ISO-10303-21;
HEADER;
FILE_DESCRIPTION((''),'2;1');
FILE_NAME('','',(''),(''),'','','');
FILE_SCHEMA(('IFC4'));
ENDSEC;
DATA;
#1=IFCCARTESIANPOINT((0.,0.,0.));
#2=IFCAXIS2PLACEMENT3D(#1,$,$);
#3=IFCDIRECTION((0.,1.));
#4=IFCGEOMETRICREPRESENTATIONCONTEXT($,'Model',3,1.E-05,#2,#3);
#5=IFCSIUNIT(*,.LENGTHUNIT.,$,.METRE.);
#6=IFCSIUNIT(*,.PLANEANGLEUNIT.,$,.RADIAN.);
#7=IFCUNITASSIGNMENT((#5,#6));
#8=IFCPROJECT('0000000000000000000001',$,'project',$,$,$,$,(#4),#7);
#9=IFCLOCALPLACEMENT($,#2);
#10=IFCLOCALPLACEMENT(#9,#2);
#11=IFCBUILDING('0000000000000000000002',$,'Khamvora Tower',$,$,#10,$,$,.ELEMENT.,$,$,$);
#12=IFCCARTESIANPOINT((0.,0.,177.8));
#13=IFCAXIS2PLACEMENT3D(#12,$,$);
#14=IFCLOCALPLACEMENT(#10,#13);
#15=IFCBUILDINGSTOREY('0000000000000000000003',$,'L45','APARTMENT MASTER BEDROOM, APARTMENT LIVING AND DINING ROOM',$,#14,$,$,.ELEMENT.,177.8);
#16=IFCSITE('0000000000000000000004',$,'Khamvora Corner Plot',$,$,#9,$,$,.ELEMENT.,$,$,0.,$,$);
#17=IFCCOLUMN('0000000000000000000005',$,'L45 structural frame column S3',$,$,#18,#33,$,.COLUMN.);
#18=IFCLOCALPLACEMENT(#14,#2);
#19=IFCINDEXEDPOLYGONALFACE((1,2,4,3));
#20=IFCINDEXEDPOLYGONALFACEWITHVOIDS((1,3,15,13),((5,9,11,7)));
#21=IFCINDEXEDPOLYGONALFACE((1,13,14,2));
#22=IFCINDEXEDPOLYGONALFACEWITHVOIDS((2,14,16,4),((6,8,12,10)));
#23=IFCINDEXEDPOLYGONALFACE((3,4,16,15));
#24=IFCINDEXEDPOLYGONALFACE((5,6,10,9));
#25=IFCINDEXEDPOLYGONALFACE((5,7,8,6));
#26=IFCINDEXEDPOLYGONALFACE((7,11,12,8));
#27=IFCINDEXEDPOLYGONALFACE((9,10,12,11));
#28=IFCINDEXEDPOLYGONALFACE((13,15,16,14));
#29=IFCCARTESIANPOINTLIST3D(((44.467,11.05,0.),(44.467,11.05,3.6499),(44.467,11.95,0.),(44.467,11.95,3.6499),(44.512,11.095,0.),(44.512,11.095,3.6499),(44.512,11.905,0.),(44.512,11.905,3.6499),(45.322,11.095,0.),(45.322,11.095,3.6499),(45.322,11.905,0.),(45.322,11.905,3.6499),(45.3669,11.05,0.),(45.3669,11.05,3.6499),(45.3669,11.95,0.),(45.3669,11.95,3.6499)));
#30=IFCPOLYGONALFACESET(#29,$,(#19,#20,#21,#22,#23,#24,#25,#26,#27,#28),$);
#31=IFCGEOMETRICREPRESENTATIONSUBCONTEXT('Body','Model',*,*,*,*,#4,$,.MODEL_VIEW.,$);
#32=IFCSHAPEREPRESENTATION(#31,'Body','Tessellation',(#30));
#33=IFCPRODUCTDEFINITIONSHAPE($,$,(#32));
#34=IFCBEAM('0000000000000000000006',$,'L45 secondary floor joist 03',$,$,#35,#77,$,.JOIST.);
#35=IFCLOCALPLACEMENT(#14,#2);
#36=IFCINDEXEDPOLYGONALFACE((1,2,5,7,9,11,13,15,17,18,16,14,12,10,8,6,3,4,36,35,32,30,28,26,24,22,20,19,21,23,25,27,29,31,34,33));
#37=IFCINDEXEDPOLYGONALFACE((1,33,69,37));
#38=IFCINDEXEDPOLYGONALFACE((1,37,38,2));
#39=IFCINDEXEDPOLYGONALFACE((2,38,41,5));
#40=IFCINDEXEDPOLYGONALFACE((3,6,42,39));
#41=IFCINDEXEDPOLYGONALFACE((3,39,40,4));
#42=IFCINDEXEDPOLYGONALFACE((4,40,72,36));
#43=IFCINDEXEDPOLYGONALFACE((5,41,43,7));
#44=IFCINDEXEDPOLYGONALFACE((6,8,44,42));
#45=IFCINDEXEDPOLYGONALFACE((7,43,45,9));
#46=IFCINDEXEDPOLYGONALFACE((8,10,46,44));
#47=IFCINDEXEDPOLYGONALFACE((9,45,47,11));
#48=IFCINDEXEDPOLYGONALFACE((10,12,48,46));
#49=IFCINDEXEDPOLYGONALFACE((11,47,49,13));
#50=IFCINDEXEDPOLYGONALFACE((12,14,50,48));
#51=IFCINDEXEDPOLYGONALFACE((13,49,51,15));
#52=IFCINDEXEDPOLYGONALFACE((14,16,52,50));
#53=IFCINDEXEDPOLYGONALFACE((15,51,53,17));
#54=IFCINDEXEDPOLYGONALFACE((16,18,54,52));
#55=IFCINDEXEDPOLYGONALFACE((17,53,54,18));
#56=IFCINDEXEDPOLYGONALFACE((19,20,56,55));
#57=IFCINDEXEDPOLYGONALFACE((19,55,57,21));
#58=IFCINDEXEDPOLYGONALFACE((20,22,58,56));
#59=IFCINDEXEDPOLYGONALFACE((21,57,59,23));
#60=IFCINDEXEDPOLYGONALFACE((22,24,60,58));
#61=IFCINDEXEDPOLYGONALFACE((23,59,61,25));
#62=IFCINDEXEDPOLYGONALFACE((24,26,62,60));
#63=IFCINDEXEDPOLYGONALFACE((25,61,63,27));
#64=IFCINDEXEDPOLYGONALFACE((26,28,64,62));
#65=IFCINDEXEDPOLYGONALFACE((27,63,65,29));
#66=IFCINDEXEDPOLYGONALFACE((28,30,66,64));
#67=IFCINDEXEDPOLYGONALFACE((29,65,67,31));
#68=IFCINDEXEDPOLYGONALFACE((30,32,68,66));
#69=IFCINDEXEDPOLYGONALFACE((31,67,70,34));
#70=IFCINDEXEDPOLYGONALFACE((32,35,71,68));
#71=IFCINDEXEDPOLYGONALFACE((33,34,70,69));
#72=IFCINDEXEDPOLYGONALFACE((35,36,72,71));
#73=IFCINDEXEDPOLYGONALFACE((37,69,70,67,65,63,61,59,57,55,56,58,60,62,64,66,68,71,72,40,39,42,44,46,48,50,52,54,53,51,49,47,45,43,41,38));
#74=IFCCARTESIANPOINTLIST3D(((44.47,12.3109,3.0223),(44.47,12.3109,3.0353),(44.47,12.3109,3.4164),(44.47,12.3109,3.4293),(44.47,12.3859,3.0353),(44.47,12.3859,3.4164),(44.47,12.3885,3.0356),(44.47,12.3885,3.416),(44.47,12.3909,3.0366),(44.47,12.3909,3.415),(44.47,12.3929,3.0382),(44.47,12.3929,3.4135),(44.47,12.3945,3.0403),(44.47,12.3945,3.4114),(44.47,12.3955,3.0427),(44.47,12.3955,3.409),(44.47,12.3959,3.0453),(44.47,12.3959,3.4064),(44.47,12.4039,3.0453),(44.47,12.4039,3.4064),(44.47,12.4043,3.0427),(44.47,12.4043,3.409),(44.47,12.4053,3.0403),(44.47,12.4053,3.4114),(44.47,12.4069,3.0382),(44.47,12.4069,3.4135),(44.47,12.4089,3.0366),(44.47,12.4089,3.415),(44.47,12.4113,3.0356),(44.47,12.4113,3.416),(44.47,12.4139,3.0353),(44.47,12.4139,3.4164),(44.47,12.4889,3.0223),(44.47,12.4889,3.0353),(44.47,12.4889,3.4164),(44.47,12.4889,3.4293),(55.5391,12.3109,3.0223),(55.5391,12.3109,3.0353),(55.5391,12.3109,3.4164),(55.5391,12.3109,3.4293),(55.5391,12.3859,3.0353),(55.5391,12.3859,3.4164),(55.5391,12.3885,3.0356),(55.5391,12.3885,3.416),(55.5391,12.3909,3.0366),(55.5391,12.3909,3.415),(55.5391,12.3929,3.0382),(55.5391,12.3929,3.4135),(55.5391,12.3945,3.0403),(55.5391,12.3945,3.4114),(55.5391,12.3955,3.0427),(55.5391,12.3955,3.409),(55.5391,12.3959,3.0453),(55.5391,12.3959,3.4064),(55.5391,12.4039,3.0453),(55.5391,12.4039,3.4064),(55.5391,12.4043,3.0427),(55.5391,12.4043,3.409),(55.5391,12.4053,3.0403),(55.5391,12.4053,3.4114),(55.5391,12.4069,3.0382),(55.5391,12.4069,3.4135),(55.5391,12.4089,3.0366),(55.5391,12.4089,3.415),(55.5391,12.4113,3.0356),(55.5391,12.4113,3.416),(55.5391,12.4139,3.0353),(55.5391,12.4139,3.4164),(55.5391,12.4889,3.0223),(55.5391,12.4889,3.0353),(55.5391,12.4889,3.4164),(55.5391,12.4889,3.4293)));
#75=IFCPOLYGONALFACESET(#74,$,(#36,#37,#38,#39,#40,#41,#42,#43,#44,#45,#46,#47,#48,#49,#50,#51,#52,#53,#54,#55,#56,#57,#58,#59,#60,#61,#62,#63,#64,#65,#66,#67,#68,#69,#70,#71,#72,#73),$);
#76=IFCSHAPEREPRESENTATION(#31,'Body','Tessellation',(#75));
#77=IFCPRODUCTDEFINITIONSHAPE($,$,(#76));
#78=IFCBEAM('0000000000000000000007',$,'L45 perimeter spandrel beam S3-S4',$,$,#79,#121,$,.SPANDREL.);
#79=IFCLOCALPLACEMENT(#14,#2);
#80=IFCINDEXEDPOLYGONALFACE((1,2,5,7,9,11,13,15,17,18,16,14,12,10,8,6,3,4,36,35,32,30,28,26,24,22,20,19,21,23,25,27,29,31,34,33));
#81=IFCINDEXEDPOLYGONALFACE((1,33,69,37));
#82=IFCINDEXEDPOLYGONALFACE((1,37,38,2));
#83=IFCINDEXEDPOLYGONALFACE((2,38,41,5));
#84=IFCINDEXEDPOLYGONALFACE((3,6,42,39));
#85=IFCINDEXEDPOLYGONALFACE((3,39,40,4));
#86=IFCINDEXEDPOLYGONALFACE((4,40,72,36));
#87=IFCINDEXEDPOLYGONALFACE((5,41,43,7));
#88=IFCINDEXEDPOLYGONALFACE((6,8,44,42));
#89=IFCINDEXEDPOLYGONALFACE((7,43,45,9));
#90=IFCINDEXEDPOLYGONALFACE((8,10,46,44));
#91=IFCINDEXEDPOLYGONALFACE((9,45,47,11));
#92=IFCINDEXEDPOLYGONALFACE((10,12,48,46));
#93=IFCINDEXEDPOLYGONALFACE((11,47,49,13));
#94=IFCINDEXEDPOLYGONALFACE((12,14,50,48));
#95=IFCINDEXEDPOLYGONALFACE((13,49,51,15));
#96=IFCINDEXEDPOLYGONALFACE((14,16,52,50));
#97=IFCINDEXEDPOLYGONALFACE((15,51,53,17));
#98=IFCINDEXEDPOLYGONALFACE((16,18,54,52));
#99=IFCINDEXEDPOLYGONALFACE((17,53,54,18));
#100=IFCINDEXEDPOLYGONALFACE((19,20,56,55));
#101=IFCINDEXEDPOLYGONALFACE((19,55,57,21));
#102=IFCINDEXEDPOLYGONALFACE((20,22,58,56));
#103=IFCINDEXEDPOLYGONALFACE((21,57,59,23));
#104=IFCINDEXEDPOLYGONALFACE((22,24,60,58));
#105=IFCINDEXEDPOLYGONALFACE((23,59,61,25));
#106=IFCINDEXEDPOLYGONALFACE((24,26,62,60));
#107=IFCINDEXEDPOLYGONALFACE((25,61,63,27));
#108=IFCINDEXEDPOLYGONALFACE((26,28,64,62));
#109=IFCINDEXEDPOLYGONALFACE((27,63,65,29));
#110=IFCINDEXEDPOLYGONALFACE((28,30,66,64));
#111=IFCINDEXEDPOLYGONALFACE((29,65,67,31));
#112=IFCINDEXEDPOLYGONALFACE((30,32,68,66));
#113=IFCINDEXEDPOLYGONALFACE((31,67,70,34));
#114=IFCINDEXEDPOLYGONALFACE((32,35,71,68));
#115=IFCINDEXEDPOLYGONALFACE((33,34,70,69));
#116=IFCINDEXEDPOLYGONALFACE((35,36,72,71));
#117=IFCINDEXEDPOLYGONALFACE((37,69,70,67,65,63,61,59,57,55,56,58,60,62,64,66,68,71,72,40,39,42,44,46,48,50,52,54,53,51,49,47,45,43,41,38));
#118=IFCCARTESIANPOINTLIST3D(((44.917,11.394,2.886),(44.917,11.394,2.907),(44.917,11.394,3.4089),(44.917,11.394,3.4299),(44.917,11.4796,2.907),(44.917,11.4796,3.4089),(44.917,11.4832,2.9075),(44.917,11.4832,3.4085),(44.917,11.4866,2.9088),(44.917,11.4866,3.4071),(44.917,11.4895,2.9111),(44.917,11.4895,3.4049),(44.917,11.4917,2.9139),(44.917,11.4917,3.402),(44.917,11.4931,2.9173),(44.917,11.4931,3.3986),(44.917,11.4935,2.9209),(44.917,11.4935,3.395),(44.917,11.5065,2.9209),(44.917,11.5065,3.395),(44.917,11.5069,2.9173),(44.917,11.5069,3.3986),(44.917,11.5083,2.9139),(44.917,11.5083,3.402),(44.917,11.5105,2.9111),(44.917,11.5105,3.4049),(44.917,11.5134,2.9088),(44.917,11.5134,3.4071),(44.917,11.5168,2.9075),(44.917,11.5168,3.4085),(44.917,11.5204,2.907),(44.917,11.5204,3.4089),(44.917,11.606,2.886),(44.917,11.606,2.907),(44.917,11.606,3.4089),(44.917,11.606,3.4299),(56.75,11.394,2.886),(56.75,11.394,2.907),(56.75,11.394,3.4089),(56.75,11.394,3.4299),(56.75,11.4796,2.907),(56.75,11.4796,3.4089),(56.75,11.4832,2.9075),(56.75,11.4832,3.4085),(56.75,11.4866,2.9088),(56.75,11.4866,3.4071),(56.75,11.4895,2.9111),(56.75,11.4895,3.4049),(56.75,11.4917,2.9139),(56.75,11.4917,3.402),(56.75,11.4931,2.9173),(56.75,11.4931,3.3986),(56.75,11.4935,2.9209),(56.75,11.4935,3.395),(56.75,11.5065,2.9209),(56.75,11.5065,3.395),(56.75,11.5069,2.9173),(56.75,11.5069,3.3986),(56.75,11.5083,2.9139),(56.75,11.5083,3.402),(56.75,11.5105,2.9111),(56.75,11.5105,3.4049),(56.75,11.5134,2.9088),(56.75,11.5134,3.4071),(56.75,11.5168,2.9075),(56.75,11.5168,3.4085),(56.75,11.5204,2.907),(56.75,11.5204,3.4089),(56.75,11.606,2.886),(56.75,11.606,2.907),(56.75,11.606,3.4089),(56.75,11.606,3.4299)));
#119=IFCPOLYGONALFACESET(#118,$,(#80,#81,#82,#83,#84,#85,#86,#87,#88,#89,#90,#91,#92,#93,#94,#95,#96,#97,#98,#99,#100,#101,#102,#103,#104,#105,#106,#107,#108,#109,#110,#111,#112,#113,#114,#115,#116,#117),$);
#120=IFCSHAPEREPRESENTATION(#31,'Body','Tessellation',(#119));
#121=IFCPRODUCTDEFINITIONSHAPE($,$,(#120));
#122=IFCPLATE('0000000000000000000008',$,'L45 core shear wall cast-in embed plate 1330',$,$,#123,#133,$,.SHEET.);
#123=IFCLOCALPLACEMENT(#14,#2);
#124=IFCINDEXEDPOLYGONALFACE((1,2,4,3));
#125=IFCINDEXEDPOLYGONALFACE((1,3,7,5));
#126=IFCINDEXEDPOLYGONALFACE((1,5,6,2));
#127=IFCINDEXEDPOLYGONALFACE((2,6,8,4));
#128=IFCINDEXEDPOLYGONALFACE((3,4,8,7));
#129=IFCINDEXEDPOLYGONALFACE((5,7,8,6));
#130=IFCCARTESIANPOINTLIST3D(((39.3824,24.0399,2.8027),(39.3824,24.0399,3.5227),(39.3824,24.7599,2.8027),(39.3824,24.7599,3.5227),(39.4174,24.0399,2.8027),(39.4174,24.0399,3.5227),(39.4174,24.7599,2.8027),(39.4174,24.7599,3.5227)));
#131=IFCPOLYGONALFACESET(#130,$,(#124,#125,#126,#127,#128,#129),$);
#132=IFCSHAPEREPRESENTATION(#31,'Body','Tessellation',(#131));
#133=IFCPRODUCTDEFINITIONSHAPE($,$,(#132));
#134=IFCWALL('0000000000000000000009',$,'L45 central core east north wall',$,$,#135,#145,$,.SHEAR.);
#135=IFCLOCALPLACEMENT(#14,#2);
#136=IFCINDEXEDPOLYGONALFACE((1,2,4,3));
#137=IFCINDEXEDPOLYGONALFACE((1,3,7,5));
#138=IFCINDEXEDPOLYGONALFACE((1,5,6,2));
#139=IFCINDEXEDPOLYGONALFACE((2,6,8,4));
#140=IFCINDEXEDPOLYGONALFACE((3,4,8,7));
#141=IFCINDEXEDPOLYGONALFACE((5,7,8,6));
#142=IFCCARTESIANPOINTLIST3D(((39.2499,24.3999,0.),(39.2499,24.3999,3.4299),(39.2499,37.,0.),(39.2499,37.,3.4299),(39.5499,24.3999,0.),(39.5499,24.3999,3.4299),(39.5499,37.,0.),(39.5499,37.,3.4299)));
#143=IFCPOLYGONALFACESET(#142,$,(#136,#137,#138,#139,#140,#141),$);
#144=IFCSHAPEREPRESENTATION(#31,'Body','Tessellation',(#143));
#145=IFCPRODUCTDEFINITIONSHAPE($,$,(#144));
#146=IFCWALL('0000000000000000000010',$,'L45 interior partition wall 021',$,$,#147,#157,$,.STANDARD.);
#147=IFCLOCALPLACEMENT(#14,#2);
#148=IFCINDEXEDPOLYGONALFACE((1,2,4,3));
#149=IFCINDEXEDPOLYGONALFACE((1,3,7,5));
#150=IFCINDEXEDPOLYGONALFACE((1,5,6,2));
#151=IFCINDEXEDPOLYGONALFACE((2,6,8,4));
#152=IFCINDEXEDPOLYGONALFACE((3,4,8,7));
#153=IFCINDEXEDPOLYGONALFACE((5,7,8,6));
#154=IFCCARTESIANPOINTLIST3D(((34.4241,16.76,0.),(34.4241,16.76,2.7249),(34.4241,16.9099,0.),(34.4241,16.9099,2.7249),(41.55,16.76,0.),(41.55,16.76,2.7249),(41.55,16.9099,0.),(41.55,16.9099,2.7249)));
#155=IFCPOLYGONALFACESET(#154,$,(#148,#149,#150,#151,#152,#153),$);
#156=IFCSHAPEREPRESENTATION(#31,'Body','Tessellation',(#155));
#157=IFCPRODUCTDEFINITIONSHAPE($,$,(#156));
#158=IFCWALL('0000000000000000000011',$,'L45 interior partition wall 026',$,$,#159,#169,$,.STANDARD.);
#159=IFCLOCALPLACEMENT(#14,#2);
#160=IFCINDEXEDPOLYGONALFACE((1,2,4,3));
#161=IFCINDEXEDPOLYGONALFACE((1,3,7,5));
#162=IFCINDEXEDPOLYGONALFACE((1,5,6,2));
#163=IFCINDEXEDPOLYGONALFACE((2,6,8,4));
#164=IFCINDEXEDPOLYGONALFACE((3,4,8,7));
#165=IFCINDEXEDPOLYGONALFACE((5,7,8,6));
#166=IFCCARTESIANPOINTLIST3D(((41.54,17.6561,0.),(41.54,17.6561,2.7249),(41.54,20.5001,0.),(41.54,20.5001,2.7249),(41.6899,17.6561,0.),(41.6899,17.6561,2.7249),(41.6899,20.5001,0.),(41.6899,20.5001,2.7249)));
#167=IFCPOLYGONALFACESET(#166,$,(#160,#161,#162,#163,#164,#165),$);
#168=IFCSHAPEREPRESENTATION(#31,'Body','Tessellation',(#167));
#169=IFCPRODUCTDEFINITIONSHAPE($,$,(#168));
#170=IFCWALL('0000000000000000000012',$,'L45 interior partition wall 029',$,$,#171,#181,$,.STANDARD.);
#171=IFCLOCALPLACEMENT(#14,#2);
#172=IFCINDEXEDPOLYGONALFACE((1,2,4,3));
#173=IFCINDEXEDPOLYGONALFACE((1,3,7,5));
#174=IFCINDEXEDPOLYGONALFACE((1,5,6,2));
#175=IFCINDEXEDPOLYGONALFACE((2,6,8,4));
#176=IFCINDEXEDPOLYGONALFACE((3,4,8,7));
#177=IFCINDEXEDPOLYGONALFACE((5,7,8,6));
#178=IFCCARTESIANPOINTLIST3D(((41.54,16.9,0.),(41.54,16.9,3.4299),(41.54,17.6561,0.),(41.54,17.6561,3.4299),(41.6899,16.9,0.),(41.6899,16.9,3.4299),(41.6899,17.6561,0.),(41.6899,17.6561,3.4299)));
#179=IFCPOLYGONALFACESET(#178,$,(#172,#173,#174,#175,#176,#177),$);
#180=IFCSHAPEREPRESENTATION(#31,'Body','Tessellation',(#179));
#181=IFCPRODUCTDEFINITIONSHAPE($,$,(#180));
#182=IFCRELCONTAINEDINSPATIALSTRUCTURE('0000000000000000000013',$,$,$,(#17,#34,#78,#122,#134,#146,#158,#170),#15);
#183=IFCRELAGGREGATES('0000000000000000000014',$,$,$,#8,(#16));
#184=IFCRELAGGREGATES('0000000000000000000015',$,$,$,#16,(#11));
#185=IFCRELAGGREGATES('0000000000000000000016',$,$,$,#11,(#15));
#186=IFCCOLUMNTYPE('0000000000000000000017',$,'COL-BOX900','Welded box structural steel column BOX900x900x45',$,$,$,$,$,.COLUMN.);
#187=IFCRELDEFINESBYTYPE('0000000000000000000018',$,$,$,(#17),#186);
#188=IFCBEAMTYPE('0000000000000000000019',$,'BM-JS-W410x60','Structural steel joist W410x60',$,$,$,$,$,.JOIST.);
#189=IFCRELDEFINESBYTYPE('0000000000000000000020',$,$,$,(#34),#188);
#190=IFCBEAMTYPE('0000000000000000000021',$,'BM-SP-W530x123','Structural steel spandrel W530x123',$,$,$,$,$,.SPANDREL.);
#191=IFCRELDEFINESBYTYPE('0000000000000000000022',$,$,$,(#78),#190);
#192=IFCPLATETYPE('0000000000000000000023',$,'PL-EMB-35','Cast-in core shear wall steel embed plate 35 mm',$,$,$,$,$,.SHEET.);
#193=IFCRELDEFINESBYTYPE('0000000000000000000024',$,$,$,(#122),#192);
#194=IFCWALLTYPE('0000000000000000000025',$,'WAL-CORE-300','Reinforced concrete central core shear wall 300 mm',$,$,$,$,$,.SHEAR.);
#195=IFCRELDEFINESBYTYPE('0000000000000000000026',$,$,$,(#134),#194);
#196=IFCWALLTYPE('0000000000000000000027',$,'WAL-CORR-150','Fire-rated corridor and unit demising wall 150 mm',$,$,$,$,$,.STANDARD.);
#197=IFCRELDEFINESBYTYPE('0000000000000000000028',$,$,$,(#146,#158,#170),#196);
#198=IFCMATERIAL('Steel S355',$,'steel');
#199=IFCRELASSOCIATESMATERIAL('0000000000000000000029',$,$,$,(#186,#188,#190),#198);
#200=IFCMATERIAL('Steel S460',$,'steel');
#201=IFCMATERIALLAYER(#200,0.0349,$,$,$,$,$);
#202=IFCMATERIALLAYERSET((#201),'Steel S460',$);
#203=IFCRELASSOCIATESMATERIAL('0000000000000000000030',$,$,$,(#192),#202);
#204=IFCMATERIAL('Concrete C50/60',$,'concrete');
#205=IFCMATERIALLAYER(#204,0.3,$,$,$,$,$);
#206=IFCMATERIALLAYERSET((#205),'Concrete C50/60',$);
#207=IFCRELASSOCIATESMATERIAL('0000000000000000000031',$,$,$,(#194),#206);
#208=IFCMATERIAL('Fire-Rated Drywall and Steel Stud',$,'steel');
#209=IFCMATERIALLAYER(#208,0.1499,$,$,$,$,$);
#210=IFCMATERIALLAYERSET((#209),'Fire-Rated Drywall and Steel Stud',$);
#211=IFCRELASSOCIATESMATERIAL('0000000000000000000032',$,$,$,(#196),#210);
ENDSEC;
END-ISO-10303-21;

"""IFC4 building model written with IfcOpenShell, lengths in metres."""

from ifc_helpers import new_model, si_unit, direction, frame, frame_2d, origin, origin_2d, place, context, subcontext, project, spatial, rectangle, hollow_rectangle, i_section, extrude, material, layer, layer_set, material_profile, profile_set, type_object, element, save


model = new_model("IFC4")

# Units and contexts
model_context = context("Model", 3, precision=1e-05, world=origin(), true_north=direction((0.0, 1.0)))
body_context = subcontext(model_context, "Body", "Model", "MODEL_VIEW")
ifc_project = project(units=[si_unit("LENGTHUNIT", "METRE"), si_unit("PLANEANGLEUNIT", "RADIAN")], contexts=[model_context])

# Site, building, storey
site_placement = place(None, origin())
site = spatial("IfcSite", under=ifc_project, at=site_placement, Name="Khamvora Corner Plot", CompositionType="ELEMENT", RefElevation=0.0)
building_placement = place(site_placement, origin())
building = spatial("IfcBuilding", under=site, at=building_placement, Name="Khamvora Tower", CompositionType="ELEMENT")
storey_placement = place(building_placement, frame((0.0, 0.0, 177.8)))
storey = spatial("IfcBuildingStorey", under=building, at=storey_placement, Name="L45", Description="APARTMENT MASTER BEDROOM, APARTMENT LIVING AND DINING ROOM", CompositionType="ELEMENT", Elevation=177.8)

# Column
ifc_material_1 = material(Name="Steel S355", Category="steel")
ifc_material_profile_1 = material_profile(ifc_material_1, hollow_rectangle(XDim=0.8999, YDim=0.8999, WallThickness=0.0449, at=origin_2d()), Name="BOX900x900x45")
ifc_profile_set_1 = profile_set([ifc_material_profile_1], Name="Steel S355")
column_type = type_object("IfcColumnType", Name="COL-BOX900", Description="Welded box structural steel column BOX900x900x45", PredefinedType="COLUMN", material=ifc_profile_set_1)
column_placement = place(storey_placement, frame((44.917, 11.5, 0.0), z_axis=(0.0, 0.0, 1.0), x_axis=(1.0, 0.0, 0.0)))
element("IfcColumn", 1, at=column_placement, inside=storey, type_object=column_type, Name="L45 structural frame column S3", PredefinedType="COLUMN", context=body_context, shape_type="SweptSolid", body=[
    extrude(hollow_rectangle(XDim=0.8999, YDim=0.8999, WallThickness=0.0449, at=origin_2d()), origin(), (0.0, 0.0, 1.0), 3.6499),
])

# Beams
ifc_material_profile_2 = material_profile(ifc_material_1, i_section(OverallWidth=0.178, OverallDepth=0.407, WebThickness=0.0081, FlangeThickness=0.0129, FilletRadius=0.01, at=origin_2d()), Name="W410x60")
ifc_profile_set_2 = profile_set([ifc_material_profile_2], Name="Steel S355")
beam_type_1 = type_object("IfcBeamType", Name="BM-JS-W410x60", Description="Structural steel joist W410x60", PredefinedType="JOIST", material=ifc_profile_set_2)
beam_1_placement = place(storey_placement, frame((44.47, 12.3999, 3.2258), z_axis=(1.0, 0.0, 0.0), x_axis=(0.0, 1.0, 0.0)))
element("IfcBeam", 2, at=beam_1_placement, inside=storey, type_object=beam_type_1, Name="L45 secondary floor joist 03", PredefinedType="JOIST", context=body_context, shape_type="SweptSolid", body=[
    extrude(i_section(OverallWidth=0.178, OverallDepth=0.407, WebThickness=0.0081, FlangeThickness=0.0129, FilletRadius=0.01, at=origin_2d()), origin(), (0.0, 0.0, 1.0), 11.0691),
])
ifc_material_profile_3 = material_profile(ifc_material_1, i_section(OverallWidth=0.2119, OverallDepth=0.5439, WebThickness=0.0129, FlangeThickness=0.021, FilletRadius=0.0139, at=origin_2d()), Name="W530x123")
ifc_profile_set_3 = profile_set([ifc_material_profile_3], Name="Steel S355")
beam_type_2 = type_object("IfcBeamType", Name="BM-SP-W530x123", Description="Structural steel spandrel W530x123", PredefinedType="SPANDREL", material=ifc_profile_set_3)
beam_2_placement = place(storey_placement, frame((44.917, 11.5, 3.158), z_axis=(1.0, 0.0, 0.0), x_axis=(0.0, 1.0, 0.0)))
element("IfcBeam", 3, at=beam_2_placement, inside=storey, type_object=beam_type_2, Name="L45 perimeter spandrel beam S3-S4", PredefinedType="SPANDREL", context=body_context, shape_type="SweptSolid", body=[
    extrude(i_section(OverallWidth=0.2119, OverallDepth=0.5439, WebThickness=0.0129, FlangeThickness=0.021, FilletRadius=0.0139, at=origin_2d()), origin(), (0.0, 0.0, 1.0), 11.833),
])

# Plate
ifc_material_2 = material(Name="Steel S460", Category="steel")
ifc_layer_1 = layer(ifc_material_2, 0.0349)
ifc_layer_set_1 = layer_set([ifc_layer_1], Name="Steel S460")
plate_type = type_object("IfcPlateType", Name="PL-EMB-35", Description="Cast-in core shear wall steel embed plate 35 mm", PredefinedType="SHEET", material=ifc_layer_set_1)
plate_placement = place(storey_placement, frame((39.3999, 24.3999, 2.8027), z_axis=(0.0, 0.0, 1.0), x_axis=(1.0, 0.0, 0.0)))
element("IfcPlate", 4, at=plate_placement, inside=storey, type_object=plate_type, Name="L45 core shear wall cast-in embed plate 1330", PredefinedType="SHEET", context=body_context, shape_type="SweptSolid", body=[
    extrude(rectangle(XDim=0.0349, YDim=0.72, at=origin_2d()), origin(), (0.0, 0.0, 1.0), 0.72),
])

# Walls
ifc_material_3 = material(Name="Concrete C50/60", Category="concrete")
ifc_layer_2 = layer(ifc_material_3, 0.3)
ifc_layer_set_2 = layer_set([ifc_layer_2], Name="Concrete C50/60")
wall_type_1 = type_object("IfcWallType", Name="WAL-CORE-300", Description="Reinforced concrete central core shear wall 300 mm", PredefinedType="SHEAR", material=ifc_layer_set_2)
wall_1_placement = place(storey_placement, frame((39.3999, 24.3999, 0.0), z_axis=(0.0, 0.0, 1.0), x_axis=(0.0, 1.0, 0.0)))
element("IfcWall", 5, at=wall_1_placement, inside=storey, type_object=wall_type_1, Name="L45 central core east north wall", PredefinedType="SHEAR", context=body_context, shape_type="SweptSolid", body=[
    extrude(rectangle(XDim=12.6001, YDim=0.3, at=frame_2d((6.3, 0.0))), origin(), (0.0, 0.0, 1.0), 3.4299),
])
ifc_material_4 = material(Name="Fire-Rated Drywall and Steel Stud", Category="steel")
ifc_layer_3 = layer(ifc_material_4, 0.1499)
ifc_layer_set_3 = layer_set([ifc_layer_3], Name="Fire-Rated Drywall and Steel Stud")
wall_type_2 = type_object("IfcWallType", Name="WAL-CORR-150", Description="Fire-rated corridor and unit demising wall 150 mm", PredefinedType="STANDARD", material=ifc_layer_set_3)
wall_2_placement = place(storey_placement, frame((41.55, 16.835, 0.0), z_axis=(0.0, 0.0, 1.0), x_axis=(-1.0, 0.0, 0.0)))
element("IfcWall", 6, at=wall_2_placement, inside=storey, type_object=wall_type_2, Name="L45 interior partition wall 021", PredefinedType="STANDARD", context=body_context, shape_type="SweptSolid", body=[
    extrude(rectangle(XDim=7.126, YDim=0.1499, at=frame_2d((3.563, 0.0))), origin(), (0.0, 0.0, 1.0), 2.7249),
])
wall_3_placement = place(storey_placement, frame((41.615, 20.5, 0.0), z_axis=(0.0, 0.0, 1.0), x_axis=(0.0, -1.0, 0.0)))
element("IfcWall", 7, at=wall_3_placement, inside=storey, type_object=wall_type_2, Name="L45 interior partition wall 026", PredefinedType="STANDARD", context=body_context, shape_type="SweptSolid", body=[
    extrude(rectangle(XDim=2.844, YDim=0.1499, at=frame_2d((1.4219, 0.0))), origin(), (0.0, 0.0, 1.0), 2.7249),
])
wall_4_placement = place(storey_placement, frame((41.615, 17.656, 0.0), z_axis=(0.0, 0.0, 1.0), x_axis=(0.0, -1.0, 0.0)))
element("IfcWall", 8, at=wall_4_placement, inside=storey, type_object=wall_type_2, Name="L45 interior partition wall 029", PredefinedType="STANDARD", context=body_context, shape_type="SweptSolid", body=[
    extrude(rectangle(XDim=0.7561, YDim=0.1499, at=frame_2d((0.3779, 0.0))), origin(), (0.0, 0.0, 1.0), 3.4299),
])

save(model, "model.ifc")
